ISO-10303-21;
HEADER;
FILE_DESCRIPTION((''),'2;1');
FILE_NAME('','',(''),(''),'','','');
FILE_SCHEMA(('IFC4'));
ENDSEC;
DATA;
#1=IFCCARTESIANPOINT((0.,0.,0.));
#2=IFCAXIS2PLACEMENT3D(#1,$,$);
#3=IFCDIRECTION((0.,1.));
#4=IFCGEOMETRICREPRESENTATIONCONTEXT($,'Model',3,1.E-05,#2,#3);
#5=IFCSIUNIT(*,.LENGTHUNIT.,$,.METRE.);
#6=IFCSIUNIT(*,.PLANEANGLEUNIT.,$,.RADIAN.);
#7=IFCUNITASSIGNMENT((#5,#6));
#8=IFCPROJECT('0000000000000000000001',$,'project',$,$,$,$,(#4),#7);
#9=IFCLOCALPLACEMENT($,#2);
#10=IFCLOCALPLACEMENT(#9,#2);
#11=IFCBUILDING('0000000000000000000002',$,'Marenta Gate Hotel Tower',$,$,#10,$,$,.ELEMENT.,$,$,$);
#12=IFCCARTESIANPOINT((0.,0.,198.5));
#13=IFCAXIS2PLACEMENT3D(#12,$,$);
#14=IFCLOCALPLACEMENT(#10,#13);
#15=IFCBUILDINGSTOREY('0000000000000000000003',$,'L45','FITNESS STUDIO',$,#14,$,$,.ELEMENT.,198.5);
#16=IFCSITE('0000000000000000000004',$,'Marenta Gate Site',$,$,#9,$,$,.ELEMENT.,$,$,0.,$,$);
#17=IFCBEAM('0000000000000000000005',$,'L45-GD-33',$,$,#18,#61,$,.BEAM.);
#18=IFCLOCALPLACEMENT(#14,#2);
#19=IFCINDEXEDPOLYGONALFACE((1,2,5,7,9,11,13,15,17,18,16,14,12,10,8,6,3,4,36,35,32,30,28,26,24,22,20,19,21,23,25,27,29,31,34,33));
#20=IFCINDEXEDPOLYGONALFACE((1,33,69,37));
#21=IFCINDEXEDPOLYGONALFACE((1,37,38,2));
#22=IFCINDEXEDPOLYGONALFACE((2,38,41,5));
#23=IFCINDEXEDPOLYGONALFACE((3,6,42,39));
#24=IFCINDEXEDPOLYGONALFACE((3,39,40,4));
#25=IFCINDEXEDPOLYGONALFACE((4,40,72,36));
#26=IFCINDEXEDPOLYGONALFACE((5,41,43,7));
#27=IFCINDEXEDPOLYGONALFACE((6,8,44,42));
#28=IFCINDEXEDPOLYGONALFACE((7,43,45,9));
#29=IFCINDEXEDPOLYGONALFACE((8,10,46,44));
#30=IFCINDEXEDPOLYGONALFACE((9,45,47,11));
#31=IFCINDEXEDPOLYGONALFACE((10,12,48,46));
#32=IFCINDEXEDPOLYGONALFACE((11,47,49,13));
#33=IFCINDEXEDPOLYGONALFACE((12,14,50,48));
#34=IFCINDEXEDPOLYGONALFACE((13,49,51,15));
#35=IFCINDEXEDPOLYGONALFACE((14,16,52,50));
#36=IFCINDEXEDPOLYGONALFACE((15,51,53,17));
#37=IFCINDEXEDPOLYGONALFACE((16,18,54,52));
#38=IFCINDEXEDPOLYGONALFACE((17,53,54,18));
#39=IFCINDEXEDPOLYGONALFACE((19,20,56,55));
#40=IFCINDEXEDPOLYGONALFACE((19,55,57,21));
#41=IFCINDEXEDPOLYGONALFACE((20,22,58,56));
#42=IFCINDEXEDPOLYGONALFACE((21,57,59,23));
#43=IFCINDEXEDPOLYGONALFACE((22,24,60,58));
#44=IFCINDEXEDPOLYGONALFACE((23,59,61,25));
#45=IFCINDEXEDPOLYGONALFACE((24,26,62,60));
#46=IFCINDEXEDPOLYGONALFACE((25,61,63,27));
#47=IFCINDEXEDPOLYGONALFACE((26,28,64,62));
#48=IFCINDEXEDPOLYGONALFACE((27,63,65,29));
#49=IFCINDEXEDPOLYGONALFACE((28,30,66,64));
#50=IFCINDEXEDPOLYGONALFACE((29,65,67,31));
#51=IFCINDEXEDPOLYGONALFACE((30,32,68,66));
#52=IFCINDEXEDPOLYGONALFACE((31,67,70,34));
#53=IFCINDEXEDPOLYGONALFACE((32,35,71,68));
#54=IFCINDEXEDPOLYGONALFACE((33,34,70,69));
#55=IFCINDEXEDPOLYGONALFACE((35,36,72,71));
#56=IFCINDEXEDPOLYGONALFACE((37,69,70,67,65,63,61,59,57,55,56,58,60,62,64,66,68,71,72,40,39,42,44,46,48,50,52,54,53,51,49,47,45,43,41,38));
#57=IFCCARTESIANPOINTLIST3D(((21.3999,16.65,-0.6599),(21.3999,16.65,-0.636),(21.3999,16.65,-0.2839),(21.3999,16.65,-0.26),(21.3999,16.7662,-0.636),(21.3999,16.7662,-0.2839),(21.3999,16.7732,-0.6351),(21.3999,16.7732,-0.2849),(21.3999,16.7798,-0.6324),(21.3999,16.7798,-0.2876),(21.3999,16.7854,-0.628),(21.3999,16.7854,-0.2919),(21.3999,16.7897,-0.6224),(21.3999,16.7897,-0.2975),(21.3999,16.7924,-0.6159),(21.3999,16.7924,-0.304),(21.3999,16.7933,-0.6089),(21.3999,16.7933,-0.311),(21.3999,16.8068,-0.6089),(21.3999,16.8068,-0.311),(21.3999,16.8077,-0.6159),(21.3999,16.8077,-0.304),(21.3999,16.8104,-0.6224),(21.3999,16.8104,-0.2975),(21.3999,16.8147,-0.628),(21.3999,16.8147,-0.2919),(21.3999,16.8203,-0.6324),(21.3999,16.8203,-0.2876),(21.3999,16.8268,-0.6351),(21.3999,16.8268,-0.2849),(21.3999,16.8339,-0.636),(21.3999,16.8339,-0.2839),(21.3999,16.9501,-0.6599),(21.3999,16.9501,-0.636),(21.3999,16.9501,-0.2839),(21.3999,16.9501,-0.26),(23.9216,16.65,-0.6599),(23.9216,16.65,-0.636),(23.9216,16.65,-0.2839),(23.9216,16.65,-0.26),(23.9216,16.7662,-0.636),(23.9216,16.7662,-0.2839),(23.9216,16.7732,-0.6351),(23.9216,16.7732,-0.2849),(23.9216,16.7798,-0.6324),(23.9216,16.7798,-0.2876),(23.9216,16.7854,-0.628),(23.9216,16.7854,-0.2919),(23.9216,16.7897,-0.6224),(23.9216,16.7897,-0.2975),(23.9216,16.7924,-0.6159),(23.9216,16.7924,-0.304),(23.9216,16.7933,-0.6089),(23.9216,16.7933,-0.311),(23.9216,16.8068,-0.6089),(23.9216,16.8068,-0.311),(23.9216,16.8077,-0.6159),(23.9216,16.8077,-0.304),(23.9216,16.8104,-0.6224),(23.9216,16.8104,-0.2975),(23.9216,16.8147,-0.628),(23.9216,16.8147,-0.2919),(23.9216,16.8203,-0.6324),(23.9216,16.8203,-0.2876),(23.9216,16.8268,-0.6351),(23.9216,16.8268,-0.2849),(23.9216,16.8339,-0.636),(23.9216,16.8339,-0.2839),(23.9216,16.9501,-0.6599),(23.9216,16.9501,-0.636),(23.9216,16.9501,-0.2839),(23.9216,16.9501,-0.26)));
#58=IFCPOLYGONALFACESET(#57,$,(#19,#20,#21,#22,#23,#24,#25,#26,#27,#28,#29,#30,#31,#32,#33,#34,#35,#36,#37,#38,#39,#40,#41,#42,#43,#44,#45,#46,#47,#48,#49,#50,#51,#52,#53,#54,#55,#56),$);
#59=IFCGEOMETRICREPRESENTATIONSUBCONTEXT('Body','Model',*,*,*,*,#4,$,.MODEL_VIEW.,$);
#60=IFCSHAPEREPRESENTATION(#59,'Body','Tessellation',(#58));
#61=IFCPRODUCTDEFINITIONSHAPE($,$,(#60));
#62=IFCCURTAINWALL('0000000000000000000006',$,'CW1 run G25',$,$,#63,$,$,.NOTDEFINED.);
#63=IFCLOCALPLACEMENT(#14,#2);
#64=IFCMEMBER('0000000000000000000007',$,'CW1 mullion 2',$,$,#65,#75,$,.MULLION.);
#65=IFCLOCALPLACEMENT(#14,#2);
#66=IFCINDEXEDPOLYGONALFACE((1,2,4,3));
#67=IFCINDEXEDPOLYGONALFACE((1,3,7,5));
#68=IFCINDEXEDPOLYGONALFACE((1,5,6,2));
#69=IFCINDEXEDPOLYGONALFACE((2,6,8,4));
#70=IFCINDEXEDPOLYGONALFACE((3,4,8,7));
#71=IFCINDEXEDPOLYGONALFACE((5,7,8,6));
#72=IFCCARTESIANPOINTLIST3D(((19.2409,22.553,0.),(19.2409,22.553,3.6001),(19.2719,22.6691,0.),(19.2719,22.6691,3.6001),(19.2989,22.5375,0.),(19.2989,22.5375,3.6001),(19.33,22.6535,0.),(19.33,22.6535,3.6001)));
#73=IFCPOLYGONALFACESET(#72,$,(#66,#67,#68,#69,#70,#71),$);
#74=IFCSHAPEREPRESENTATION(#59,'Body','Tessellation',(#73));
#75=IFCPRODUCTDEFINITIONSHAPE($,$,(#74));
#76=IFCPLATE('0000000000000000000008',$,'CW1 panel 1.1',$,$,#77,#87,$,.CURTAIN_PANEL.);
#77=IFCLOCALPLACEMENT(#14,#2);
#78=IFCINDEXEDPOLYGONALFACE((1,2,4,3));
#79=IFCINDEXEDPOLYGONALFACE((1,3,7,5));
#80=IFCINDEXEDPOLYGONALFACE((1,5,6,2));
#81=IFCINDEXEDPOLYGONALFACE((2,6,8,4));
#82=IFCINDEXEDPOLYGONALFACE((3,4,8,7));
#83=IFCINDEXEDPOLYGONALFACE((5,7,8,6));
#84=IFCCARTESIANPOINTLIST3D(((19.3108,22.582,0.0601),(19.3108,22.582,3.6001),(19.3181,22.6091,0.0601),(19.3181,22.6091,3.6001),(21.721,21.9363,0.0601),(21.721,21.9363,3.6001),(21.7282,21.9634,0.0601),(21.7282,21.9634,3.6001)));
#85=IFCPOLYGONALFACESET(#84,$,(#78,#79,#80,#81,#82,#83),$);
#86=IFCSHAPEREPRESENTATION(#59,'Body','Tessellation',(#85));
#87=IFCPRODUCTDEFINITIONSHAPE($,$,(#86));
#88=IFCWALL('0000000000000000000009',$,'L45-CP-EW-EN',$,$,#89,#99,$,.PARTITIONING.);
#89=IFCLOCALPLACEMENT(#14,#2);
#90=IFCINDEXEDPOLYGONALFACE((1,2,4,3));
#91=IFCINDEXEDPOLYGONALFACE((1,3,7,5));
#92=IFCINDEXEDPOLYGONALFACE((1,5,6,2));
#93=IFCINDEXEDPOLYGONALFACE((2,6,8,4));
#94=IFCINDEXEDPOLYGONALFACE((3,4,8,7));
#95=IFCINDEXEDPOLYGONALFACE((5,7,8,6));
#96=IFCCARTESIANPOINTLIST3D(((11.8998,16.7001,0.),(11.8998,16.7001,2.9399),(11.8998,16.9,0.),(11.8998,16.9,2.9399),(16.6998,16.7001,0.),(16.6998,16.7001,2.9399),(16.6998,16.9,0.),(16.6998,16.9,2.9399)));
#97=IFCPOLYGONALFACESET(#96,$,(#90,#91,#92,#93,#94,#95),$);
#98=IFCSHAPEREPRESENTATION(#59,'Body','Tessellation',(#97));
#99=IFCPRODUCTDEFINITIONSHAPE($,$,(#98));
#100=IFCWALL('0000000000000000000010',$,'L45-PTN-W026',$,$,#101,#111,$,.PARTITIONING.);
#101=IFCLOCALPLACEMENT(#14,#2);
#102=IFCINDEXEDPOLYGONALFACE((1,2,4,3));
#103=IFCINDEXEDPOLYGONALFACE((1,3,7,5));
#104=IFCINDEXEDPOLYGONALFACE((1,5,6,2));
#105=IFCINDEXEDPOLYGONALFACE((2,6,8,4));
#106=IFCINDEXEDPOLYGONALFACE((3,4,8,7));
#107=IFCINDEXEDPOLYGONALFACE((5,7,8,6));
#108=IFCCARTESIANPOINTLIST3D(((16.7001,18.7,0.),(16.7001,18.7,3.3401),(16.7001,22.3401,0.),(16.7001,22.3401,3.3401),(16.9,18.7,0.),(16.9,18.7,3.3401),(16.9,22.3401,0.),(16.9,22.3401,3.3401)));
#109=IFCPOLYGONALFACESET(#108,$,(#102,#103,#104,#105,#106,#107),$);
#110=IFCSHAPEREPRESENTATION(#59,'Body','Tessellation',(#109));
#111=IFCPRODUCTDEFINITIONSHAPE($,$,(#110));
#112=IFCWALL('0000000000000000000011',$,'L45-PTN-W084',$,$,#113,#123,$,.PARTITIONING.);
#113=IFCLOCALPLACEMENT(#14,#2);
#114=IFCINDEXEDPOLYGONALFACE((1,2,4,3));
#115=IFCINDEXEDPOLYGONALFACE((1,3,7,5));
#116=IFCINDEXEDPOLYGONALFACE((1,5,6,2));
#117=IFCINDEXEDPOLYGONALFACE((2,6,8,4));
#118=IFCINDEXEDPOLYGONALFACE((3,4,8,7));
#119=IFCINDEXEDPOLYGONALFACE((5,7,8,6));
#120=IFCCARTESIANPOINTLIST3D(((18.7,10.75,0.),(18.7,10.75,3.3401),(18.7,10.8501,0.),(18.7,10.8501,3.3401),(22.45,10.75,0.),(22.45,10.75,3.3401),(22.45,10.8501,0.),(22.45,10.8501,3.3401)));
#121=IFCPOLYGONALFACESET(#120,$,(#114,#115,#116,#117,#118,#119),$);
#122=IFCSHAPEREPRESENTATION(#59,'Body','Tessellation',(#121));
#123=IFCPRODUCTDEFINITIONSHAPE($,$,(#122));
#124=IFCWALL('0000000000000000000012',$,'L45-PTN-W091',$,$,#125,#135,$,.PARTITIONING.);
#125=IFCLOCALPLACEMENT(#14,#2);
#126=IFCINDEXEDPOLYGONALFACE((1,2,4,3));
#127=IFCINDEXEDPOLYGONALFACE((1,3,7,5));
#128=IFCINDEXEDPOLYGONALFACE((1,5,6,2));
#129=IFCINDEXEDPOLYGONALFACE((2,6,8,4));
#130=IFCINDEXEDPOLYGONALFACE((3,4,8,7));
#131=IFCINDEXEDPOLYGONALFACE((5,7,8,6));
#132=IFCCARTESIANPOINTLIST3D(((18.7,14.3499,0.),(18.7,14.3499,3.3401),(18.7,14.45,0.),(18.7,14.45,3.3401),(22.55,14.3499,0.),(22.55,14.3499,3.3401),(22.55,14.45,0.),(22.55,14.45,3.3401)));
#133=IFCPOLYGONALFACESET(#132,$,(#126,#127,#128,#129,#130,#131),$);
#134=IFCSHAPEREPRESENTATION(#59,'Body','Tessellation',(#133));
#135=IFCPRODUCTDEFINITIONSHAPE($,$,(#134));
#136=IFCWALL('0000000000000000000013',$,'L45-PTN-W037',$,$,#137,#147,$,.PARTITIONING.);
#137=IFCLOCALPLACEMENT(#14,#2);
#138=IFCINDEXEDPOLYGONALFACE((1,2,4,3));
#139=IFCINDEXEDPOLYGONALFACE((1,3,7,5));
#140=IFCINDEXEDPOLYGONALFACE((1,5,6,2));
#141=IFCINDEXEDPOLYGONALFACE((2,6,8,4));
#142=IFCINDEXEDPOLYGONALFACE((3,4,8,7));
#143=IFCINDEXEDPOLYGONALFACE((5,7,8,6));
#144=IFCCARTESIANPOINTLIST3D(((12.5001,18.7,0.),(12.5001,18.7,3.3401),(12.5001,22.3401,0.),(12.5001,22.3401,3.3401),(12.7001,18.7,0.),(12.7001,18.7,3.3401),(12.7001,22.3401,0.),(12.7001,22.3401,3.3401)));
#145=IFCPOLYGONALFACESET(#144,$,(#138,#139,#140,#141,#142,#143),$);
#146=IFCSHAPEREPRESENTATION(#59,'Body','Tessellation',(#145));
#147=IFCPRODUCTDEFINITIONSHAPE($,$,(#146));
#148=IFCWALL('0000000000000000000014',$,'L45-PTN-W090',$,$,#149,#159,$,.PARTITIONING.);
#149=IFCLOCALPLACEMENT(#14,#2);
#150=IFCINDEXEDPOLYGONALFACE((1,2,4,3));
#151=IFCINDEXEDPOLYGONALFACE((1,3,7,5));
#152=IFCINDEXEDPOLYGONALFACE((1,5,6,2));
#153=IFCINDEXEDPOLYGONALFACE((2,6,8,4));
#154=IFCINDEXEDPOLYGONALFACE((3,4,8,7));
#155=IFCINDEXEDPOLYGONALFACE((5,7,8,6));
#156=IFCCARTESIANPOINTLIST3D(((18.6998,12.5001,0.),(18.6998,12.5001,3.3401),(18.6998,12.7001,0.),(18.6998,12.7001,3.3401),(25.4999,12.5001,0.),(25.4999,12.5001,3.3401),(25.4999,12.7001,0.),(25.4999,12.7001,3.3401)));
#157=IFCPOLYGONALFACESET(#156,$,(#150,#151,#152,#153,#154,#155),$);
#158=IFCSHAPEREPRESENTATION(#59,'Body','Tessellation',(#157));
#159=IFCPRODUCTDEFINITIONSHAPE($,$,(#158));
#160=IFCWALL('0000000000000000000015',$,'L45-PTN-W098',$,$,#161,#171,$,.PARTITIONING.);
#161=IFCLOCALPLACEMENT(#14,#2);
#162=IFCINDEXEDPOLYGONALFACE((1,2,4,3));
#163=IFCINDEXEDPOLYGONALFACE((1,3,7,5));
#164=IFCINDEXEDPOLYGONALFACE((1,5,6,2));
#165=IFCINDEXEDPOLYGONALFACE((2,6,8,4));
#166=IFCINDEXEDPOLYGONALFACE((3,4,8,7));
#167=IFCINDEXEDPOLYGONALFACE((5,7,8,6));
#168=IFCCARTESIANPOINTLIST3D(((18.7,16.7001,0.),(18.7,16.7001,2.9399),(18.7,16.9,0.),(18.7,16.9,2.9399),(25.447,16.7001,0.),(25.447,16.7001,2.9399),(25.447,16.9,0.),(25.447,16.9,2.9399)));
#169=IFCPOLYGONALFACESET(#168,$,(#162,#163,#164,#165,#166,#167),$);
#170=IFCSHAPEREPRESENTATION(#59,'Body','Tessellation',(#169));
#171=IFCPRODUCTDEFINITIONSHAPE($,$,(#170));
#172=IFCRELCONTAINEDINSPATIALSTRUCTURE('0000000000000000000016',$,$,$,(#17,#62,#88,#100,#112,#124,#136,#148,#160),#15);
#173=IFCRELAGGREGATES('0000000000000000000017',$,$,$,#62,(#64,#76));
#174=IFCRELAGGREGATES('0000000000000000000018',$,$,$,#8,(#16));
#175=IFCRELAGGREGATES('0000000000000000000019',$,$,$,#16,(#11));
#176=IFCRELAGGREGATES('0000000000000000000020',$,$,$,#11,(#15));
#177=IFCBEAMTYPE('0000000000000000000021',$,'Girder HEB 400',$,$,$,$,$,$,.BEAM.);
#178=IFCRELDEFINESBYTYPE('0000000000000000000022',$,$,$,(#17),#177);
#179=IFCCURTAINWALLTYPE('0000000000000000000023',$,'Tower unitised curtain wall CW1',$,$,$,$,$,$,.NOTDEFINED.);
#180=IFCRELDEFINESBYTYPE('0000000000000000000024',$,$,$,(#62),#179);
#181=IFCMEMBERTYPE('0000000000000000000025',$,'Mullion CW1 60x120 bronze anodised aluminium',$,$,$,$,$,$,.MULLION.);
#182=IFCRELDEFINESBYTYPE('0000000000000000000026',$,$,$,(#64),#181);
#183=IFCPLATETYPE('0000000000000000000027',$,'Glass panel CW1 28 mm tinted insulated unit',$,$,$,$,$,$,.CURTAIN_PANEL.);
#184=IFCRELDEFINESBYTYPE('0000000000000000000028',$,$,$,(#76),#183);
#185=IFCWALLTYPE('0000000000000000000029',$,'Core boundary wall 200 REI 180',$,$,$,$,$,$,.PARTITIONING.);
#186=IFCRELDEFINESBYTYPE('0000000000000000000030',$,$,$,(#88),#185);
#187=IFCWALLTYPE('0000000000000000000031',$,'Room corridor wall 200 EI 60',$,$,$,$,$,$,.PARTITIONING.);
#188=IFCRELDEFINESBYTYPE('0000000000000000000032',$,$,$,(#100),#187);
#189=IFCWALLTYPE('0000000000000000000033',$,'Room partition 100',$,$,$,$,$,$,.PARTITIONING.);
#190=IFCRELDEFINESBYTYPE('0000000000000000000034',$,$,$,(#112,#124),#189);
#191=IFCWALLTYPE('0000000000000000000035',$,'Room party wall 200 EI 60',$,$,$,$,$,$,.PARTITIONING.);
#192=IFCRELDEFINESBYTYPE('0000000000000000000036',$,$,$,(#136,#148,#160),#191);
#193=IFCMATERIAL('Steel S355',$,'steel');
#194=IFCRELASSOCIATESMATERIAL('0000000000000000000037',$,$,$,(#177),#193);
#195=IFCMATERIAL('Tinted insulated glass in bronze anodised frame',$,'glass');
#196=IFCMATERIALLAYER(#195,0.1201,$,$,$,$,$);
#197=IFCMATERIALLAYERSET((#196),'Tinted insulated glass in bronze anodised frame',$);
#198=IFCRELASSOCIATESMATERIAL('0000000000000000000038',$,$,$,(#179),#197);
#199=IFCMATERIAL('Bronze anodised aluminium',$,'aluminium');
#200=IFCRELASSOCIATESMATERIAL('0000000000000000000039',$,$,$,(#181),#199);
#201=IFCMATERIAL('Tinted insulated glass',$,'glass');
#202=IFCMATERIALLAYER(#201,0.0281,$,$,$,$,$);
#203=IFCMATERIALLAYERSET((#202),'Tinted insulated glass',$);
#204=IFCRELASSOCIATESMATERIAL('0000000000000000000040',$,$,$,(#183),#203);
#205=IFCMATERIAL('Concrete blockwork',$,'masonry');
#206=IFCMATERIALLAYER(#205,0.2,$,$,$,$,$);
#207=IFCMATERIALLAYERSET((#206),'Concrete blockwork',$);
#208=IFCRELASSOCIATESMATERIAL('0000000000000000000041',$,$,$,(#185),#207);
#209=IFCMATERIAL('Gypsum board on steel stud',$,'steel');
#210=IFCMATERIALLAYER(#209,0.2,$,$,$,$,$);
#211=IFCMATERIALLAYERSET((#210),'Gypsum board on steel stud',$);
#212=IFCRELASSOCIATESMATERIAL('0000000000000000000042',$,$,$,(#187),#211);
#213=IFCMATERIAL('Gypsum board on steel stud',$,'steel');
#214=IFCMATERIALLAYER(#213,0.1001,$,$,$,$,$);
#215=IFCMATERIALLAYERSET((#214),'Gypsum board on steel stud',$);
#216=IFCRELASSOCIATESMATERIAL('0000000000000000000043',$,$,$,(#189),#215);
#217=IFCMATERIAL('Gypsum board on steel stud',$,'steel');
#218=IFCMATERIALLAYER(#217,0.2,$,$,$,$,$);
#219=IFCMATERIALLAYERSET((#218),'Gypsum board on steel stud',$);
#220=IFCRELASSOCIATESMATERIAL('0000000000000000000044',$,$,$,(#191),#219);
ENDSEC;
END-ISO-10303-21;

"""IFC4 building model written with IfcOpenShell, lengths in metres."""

from ifc_helpers import new_model, si_unit, direction, frame, frame_2d, origin, origin_2d, place, context, subcontext, project, spatial, rectangle, i_section, extrude, material, layer, layer_set, material_profile, profile_set, type_object, element, aggregate, save


model = new_model("IFC4")

# Units and contexts
model_context = context("Model", 3, precision=1e-05, world=origin(), true_north=direction((0.0, 1.0)))
body_context = subcontext(model_context, "Body", "Model", "MODEL_VIEW")
ifc_project = project(units=[si_unit("LENGTHUNIT", "METRE"), si_unit("PLANEANGLEUNIT", "RADIAN")], contexts=[model_context])

# Site, building, storey
site_placement = place(None, origin())
site = spatial("IfcSite", under=ifc_project, at=site_placement, Name="Marenta Gate Site", CompositionType="ELEMENT", RefElevation=0.0)
building_placement = place(site_placement, origin())
building = spatial("IfcBuilding", under=site, at=building_placement, Name="Marenta Gate Hotel Tower", CompositionType="ELEMENT")
storey_placement = place(building_placement, frame((0.0, 0.0, 198.5)))
storey = spatial("IfcBuildingStorey", under=building, at=storey_placement, Name="L45", Description="FITNESS STUDIO", CompositionType="ELEMENT", Elevation=198.5)

# Beam
ifc_material_1 = material(Name="Steel S355", Category="steel")
ifc_material_profile_1 = material_profile(ifc_material_1, i_section(OverallWidth=0.3, OverallDepth=0.3999, WebThickness=0.0134, FlangeThickness=0.0239, FilletRadius=0.0271, at=origin_2d()), Name="HEB 400")
ifc_profile_set_1 = profile_set([ifc_material_profile_1], Name="Steel S355")
beam_type_1 = type_object("IfcBeamType", Name="Girder HEB 400", PredefinedType="BEAM", material=ifc_profile_set_1)
beam_1_placement = place(storey_placement, frame((21.3999, 16.8, -0.46), z_axis=(1.0, 0.0, 0.0), x_axis=(0.0, 1.0, 0.0)))
element("IfcBeam", 1, at=beam_1_placement, inside=storey, type_object=beam_type_1, Name="L45-GD-33", PredefinedType="BEAM", context=body_context, shape_type="SweptSolid", body=[
    extrude(i_section(OverallWidth=0.3, OverallDepth=0.3999, WebThickness=0.0134, FlangeThickness=0.0239, FilletRadius=0.0271, at=origin_2d()), origin(), (0.0, 0.0, 1.0), 2.5217),
])

# Curtain wall, member, plate
ifc_material_2 = material(Name="Tinted insulated glass in bronze anodised frame", Category="glass")
ifc_layer_1 = layer(ifc_material_2, 0.1201)
ifc_layer_set_1 = layer_set([ifc_layer_1], Name="Tinted insulated glass in bronze anodised frame")
curtain_wall_type = type_object("IfcCurtainWallType", Name="Tower unitised curtain wall CW1", PredefinedType="NOTDEFINED", material=ifc_layer_set_1)
curtain_wall_placement = place(storey_placement, origin())
curtain_wall = element("IfcCurtainWall", 2, at=curtain_wall_placement, inside=storey, type_object=curtain_wall_type, Name="CW1 run G25", PredefinedType="NOTDEFINED")
ifc_material_3 = material(Name="Bronze anodised aluminium", Category="aluminium")
ifc_material_profile_2 = material_profile(ifc_material_3, rectangle(XDim=0.1201, YDim=0.0601, at=origin_2d()), Name="Mullion CW1 60x120 bronze anodised aluminium")
ifc_profile_set_2 = profile_set([ifc_material_profile_2], Name="Bronze anodised aluminium")
member_type = type_object("IfcMemberType", Name="Mullion CW1 60x120 bronze anodised aluminium", PredefinedType="MULLION", material=ifc_profile_set_2)
member_placement = place(storey_placement, frame((19.2854, 22.6033, 0.0), z_axis=(0.0, 0.0, 1.0), x_axis=(-0.258805, -0.96593, 0.0)))
member = element("IfcMember", 3, at=member_placement, type_object=member_type, Name="CW1 mullion 2", PredefinedType="MULLION", context=body_context, shape_type="SweptSolid", body=[
    extrude(rectangle(XDim=0.1201, YDim=0.0601, at=origin_2d()), origin(), (0.0, 0.0, 1.0), 3.6001),
])
ifc_material_4 = material(Name="Tinted insulated glass", Category="glass")
ifc_layer_2 = layer(ifc_material_4, 0.0281)
ifc_layer_set_2 = layer_set([ifc_layer_2], Name="Tinted insulated glass")
plate_type = type_object("IfcPlateType", Name="Glass panel CW1 28 mm tinted insulated unit", PredefinedType="CURTAIN_PANEL", material=ifc_layer_set_2)
plate_placement = place(storey_placement, frame((20.5195, 22.2727, 0.0601), z_axis=(0.0, 0.0, 1.0), x_axis=(-0.96593, 0.258805, 0.0)))
plate = element("IfcPlate", 4, at=plate_placement, type_object=plate_type, Name="CW1 panel 1.1", PredefinedType="CURTAIN_PANEL", context=body_context, shape_type="SweptSolid", body=[
    extrude(rectangle(XDim=2.4951, YDim=0.0281, at=origin_2d()), origin(), (0.0, 0.0, 1.0), 3.54),
])
aggregate(curtain_wall, [member, plate])

# Walls
ifc_material_5 = material(Name="Concrete blockwork", Category="masonry")
ifc_layer_3 = layer(ifc_material_5, 0.2)
ifc_layer_set_3 = layer_set([ifc_layer_3], Name="Concrete blockwork")
wall_type_1 = type_object("IfcWallType", Name="Core boundary wall 200 REI 180", PredefinedType="PARTITIONING", material=ifc_layer_set_3)
wall_1_placement = place(storey_placement, frame((11.8999, 16.8, 0.0), z_axis=(0.0, 0.0, 1.0), x_axis=(1.0, 0.0, 0.0)))
element("IfcWall", 5, at=wall_1_placement, inside=storey, type_object=wall_type_1, Name="L45-CP-EW-EN", PredefinedType="PARTITIONING", context=body_context, shape_type="SweptSolid", body=[
    extrude(rectangle(XDim=4.8, YDim=0.2, at=frame_2d((2.3999, 0.0))), origin(), (0.0, 0.0, 1.0), 2.9399),
])
ifc_material_6 = material(Name="Gypsum board on steel stud", Category="steel")
ifc_layer_4 = layer(ifc_material_6, 0.2)
ifc_layer_set_4 = layer_set([ifc_layer_4], Name="Gypsum board on steel stud")
wall_type_2 = type_object("IfcWallType", Name="Room corridor wall 200 EI 60", PredefinedType="PARTITIONING", material=ifc_layer_set_4)
wall_2_placement = place(storey_placement, frame((16.8, 18.7, 0.0), z_axis=(0.0, 0.0, 1.0), x_axis=(0.0, 1.0, 0.0)))
element("IfcWall", 6, at=wall_2_placement, inside=storey, type_object=wall_type_2, Name="L45-PTN-W026", PredefinedType="PARTITIONING", context=body_context, shape_type="SweptSolid", body=[
    extrude(rectangle(XDim=3.6401, YDim=0.2, at=frame_2d((1.8201, 0.0))), origin(), (0.0, 0.0, 1.0), 3.3401),
])
ifc_material_7 = material(Name="Gypsum board on steel stud", Category="steel")
ifc_layer_5 = layer(ifc_material_7, 0.1001)
ifc_layer_set_5 = layer_set([ifc_layer_5], Name="Gypsum board on steel stud")
wall_type_3 = type_object("IfcWallType", Name="Room partition 100", PredefinedType="PARTITIONING", material=ifc_layer_set_5)
wall_3_placement = place(storey_placement, frame((18.7, 10.8, 0.0), z_axis=(0.0, 0.0, 1.0), x_axis=(1.0, 0.0, 0.0)))
element("IfcWall", 7, at=wall_3_placement, inside=storey, type_object=wall_type_3, Name="L45-PTN-W084", PredefinedType="PARTITIONING", context=body_context, shape_type="SweptSolid", body=[
    extrude(rectangle(XDim=3.75, YDim=0.1001, at=frame_2d((1.875, 0.0))), origin(), (0.0, 0.0, 1.0), 3.3401),
])
wall_4_placement = place(storey_placement, frame((18.7, 14.3999, 0.0), z_axis=(0.0, 0.0, 1.0), x_axis=(1.0, 0.0, 0.0)))
element("IfcWall", 8, at=wall_4_placement, inside=storey, type_object=wall_type_3, Name="L45-PTN-W091", PredefinedType="PARTITIONING", context=body_context, shape_type="SweptSolid", body=[
    extrude(rectangle(XDim=3.8501, YDim=0.1001, at=frame_2d((1.925, 0.0))), origin(), (0.0, 0.0, 1.0), 3.3401),
])
ifc_material_8 = material(Name="Gypsum board on steel stud", Category="steel")
ifc_layer_6 = layer(ifc_material_8, 0.2)
ifc_layer_set_6 = layer_set([ifc_layer_6], Name="Gypsum board on steel stud")
wall_type_4 = type_object("IfcWallType", Name="Room party wall 200 EI 60", PredefinedType="PARTITIONING", material=ifc_layer_set_6)
wall_5_placement = place(storey_placement, frame((12.6001, 18.7, 0.0), z_axis=(0.0, 0.0, 1.0), x_axis=(0.0, 1.0, 0.0)))
element("IfcWall", 9, at=wall_5_placement, inside=storey, type_object=wall_type_4, Name="L45-PTN-W037", PredefinedType="PARTITIONING", context=body_context, shape_type="SweptSolid", body=[
    extrude(rectangle(XDim=3.6401, YDim=0.2, at=frame_2d((1.8201, 0.0))), origin(), (0.0, 0.0, 1.0), 3.3401),
])
wall_6_placement = place(storey_placement, frame((18.7, 12.6001, 0.0), z_axis=(0.0, 0.0, 1.0), x_axis=(1.0, 0.0, 0.0)))
element("IfcWall", 10, at=wall_6_placement, inside=storey, type_object=wall_type_4, Name="L45-PTN-W090", PredefinedType="PARTITIONING", context=body_context, shape_type="SweptSolid", body=[
    extrude(rectangle(XDim=6.8, YDim=0.2, at=frame_2d((3.3999, 0.0))), origin(), (0.0, 0.0, 1.0), 3.3401),
])
wall_7_placement = place(storey_placement, frame((18.7, 16.8, 0.0), z_axis=(0.0, 0.0, 1.0), x_axis=(1.0, 0.0, 0.0)))
element("IfcWall", 11, at=wall_7_placement, inside=storey, type_object=wall_type_4, Name="L45-PTN-W098", PredefinedType="PARTITIONING", context=body_context, shape_type="SweptSolid", body=[
    extrude(rectangle(XDim=6.7471, YDim=0.2, at=frame_2d((3.3735, 0.0))), origin(), (0.0, 0.0, 1.0), 2.9399),
])

save(model, "model.ifc")
